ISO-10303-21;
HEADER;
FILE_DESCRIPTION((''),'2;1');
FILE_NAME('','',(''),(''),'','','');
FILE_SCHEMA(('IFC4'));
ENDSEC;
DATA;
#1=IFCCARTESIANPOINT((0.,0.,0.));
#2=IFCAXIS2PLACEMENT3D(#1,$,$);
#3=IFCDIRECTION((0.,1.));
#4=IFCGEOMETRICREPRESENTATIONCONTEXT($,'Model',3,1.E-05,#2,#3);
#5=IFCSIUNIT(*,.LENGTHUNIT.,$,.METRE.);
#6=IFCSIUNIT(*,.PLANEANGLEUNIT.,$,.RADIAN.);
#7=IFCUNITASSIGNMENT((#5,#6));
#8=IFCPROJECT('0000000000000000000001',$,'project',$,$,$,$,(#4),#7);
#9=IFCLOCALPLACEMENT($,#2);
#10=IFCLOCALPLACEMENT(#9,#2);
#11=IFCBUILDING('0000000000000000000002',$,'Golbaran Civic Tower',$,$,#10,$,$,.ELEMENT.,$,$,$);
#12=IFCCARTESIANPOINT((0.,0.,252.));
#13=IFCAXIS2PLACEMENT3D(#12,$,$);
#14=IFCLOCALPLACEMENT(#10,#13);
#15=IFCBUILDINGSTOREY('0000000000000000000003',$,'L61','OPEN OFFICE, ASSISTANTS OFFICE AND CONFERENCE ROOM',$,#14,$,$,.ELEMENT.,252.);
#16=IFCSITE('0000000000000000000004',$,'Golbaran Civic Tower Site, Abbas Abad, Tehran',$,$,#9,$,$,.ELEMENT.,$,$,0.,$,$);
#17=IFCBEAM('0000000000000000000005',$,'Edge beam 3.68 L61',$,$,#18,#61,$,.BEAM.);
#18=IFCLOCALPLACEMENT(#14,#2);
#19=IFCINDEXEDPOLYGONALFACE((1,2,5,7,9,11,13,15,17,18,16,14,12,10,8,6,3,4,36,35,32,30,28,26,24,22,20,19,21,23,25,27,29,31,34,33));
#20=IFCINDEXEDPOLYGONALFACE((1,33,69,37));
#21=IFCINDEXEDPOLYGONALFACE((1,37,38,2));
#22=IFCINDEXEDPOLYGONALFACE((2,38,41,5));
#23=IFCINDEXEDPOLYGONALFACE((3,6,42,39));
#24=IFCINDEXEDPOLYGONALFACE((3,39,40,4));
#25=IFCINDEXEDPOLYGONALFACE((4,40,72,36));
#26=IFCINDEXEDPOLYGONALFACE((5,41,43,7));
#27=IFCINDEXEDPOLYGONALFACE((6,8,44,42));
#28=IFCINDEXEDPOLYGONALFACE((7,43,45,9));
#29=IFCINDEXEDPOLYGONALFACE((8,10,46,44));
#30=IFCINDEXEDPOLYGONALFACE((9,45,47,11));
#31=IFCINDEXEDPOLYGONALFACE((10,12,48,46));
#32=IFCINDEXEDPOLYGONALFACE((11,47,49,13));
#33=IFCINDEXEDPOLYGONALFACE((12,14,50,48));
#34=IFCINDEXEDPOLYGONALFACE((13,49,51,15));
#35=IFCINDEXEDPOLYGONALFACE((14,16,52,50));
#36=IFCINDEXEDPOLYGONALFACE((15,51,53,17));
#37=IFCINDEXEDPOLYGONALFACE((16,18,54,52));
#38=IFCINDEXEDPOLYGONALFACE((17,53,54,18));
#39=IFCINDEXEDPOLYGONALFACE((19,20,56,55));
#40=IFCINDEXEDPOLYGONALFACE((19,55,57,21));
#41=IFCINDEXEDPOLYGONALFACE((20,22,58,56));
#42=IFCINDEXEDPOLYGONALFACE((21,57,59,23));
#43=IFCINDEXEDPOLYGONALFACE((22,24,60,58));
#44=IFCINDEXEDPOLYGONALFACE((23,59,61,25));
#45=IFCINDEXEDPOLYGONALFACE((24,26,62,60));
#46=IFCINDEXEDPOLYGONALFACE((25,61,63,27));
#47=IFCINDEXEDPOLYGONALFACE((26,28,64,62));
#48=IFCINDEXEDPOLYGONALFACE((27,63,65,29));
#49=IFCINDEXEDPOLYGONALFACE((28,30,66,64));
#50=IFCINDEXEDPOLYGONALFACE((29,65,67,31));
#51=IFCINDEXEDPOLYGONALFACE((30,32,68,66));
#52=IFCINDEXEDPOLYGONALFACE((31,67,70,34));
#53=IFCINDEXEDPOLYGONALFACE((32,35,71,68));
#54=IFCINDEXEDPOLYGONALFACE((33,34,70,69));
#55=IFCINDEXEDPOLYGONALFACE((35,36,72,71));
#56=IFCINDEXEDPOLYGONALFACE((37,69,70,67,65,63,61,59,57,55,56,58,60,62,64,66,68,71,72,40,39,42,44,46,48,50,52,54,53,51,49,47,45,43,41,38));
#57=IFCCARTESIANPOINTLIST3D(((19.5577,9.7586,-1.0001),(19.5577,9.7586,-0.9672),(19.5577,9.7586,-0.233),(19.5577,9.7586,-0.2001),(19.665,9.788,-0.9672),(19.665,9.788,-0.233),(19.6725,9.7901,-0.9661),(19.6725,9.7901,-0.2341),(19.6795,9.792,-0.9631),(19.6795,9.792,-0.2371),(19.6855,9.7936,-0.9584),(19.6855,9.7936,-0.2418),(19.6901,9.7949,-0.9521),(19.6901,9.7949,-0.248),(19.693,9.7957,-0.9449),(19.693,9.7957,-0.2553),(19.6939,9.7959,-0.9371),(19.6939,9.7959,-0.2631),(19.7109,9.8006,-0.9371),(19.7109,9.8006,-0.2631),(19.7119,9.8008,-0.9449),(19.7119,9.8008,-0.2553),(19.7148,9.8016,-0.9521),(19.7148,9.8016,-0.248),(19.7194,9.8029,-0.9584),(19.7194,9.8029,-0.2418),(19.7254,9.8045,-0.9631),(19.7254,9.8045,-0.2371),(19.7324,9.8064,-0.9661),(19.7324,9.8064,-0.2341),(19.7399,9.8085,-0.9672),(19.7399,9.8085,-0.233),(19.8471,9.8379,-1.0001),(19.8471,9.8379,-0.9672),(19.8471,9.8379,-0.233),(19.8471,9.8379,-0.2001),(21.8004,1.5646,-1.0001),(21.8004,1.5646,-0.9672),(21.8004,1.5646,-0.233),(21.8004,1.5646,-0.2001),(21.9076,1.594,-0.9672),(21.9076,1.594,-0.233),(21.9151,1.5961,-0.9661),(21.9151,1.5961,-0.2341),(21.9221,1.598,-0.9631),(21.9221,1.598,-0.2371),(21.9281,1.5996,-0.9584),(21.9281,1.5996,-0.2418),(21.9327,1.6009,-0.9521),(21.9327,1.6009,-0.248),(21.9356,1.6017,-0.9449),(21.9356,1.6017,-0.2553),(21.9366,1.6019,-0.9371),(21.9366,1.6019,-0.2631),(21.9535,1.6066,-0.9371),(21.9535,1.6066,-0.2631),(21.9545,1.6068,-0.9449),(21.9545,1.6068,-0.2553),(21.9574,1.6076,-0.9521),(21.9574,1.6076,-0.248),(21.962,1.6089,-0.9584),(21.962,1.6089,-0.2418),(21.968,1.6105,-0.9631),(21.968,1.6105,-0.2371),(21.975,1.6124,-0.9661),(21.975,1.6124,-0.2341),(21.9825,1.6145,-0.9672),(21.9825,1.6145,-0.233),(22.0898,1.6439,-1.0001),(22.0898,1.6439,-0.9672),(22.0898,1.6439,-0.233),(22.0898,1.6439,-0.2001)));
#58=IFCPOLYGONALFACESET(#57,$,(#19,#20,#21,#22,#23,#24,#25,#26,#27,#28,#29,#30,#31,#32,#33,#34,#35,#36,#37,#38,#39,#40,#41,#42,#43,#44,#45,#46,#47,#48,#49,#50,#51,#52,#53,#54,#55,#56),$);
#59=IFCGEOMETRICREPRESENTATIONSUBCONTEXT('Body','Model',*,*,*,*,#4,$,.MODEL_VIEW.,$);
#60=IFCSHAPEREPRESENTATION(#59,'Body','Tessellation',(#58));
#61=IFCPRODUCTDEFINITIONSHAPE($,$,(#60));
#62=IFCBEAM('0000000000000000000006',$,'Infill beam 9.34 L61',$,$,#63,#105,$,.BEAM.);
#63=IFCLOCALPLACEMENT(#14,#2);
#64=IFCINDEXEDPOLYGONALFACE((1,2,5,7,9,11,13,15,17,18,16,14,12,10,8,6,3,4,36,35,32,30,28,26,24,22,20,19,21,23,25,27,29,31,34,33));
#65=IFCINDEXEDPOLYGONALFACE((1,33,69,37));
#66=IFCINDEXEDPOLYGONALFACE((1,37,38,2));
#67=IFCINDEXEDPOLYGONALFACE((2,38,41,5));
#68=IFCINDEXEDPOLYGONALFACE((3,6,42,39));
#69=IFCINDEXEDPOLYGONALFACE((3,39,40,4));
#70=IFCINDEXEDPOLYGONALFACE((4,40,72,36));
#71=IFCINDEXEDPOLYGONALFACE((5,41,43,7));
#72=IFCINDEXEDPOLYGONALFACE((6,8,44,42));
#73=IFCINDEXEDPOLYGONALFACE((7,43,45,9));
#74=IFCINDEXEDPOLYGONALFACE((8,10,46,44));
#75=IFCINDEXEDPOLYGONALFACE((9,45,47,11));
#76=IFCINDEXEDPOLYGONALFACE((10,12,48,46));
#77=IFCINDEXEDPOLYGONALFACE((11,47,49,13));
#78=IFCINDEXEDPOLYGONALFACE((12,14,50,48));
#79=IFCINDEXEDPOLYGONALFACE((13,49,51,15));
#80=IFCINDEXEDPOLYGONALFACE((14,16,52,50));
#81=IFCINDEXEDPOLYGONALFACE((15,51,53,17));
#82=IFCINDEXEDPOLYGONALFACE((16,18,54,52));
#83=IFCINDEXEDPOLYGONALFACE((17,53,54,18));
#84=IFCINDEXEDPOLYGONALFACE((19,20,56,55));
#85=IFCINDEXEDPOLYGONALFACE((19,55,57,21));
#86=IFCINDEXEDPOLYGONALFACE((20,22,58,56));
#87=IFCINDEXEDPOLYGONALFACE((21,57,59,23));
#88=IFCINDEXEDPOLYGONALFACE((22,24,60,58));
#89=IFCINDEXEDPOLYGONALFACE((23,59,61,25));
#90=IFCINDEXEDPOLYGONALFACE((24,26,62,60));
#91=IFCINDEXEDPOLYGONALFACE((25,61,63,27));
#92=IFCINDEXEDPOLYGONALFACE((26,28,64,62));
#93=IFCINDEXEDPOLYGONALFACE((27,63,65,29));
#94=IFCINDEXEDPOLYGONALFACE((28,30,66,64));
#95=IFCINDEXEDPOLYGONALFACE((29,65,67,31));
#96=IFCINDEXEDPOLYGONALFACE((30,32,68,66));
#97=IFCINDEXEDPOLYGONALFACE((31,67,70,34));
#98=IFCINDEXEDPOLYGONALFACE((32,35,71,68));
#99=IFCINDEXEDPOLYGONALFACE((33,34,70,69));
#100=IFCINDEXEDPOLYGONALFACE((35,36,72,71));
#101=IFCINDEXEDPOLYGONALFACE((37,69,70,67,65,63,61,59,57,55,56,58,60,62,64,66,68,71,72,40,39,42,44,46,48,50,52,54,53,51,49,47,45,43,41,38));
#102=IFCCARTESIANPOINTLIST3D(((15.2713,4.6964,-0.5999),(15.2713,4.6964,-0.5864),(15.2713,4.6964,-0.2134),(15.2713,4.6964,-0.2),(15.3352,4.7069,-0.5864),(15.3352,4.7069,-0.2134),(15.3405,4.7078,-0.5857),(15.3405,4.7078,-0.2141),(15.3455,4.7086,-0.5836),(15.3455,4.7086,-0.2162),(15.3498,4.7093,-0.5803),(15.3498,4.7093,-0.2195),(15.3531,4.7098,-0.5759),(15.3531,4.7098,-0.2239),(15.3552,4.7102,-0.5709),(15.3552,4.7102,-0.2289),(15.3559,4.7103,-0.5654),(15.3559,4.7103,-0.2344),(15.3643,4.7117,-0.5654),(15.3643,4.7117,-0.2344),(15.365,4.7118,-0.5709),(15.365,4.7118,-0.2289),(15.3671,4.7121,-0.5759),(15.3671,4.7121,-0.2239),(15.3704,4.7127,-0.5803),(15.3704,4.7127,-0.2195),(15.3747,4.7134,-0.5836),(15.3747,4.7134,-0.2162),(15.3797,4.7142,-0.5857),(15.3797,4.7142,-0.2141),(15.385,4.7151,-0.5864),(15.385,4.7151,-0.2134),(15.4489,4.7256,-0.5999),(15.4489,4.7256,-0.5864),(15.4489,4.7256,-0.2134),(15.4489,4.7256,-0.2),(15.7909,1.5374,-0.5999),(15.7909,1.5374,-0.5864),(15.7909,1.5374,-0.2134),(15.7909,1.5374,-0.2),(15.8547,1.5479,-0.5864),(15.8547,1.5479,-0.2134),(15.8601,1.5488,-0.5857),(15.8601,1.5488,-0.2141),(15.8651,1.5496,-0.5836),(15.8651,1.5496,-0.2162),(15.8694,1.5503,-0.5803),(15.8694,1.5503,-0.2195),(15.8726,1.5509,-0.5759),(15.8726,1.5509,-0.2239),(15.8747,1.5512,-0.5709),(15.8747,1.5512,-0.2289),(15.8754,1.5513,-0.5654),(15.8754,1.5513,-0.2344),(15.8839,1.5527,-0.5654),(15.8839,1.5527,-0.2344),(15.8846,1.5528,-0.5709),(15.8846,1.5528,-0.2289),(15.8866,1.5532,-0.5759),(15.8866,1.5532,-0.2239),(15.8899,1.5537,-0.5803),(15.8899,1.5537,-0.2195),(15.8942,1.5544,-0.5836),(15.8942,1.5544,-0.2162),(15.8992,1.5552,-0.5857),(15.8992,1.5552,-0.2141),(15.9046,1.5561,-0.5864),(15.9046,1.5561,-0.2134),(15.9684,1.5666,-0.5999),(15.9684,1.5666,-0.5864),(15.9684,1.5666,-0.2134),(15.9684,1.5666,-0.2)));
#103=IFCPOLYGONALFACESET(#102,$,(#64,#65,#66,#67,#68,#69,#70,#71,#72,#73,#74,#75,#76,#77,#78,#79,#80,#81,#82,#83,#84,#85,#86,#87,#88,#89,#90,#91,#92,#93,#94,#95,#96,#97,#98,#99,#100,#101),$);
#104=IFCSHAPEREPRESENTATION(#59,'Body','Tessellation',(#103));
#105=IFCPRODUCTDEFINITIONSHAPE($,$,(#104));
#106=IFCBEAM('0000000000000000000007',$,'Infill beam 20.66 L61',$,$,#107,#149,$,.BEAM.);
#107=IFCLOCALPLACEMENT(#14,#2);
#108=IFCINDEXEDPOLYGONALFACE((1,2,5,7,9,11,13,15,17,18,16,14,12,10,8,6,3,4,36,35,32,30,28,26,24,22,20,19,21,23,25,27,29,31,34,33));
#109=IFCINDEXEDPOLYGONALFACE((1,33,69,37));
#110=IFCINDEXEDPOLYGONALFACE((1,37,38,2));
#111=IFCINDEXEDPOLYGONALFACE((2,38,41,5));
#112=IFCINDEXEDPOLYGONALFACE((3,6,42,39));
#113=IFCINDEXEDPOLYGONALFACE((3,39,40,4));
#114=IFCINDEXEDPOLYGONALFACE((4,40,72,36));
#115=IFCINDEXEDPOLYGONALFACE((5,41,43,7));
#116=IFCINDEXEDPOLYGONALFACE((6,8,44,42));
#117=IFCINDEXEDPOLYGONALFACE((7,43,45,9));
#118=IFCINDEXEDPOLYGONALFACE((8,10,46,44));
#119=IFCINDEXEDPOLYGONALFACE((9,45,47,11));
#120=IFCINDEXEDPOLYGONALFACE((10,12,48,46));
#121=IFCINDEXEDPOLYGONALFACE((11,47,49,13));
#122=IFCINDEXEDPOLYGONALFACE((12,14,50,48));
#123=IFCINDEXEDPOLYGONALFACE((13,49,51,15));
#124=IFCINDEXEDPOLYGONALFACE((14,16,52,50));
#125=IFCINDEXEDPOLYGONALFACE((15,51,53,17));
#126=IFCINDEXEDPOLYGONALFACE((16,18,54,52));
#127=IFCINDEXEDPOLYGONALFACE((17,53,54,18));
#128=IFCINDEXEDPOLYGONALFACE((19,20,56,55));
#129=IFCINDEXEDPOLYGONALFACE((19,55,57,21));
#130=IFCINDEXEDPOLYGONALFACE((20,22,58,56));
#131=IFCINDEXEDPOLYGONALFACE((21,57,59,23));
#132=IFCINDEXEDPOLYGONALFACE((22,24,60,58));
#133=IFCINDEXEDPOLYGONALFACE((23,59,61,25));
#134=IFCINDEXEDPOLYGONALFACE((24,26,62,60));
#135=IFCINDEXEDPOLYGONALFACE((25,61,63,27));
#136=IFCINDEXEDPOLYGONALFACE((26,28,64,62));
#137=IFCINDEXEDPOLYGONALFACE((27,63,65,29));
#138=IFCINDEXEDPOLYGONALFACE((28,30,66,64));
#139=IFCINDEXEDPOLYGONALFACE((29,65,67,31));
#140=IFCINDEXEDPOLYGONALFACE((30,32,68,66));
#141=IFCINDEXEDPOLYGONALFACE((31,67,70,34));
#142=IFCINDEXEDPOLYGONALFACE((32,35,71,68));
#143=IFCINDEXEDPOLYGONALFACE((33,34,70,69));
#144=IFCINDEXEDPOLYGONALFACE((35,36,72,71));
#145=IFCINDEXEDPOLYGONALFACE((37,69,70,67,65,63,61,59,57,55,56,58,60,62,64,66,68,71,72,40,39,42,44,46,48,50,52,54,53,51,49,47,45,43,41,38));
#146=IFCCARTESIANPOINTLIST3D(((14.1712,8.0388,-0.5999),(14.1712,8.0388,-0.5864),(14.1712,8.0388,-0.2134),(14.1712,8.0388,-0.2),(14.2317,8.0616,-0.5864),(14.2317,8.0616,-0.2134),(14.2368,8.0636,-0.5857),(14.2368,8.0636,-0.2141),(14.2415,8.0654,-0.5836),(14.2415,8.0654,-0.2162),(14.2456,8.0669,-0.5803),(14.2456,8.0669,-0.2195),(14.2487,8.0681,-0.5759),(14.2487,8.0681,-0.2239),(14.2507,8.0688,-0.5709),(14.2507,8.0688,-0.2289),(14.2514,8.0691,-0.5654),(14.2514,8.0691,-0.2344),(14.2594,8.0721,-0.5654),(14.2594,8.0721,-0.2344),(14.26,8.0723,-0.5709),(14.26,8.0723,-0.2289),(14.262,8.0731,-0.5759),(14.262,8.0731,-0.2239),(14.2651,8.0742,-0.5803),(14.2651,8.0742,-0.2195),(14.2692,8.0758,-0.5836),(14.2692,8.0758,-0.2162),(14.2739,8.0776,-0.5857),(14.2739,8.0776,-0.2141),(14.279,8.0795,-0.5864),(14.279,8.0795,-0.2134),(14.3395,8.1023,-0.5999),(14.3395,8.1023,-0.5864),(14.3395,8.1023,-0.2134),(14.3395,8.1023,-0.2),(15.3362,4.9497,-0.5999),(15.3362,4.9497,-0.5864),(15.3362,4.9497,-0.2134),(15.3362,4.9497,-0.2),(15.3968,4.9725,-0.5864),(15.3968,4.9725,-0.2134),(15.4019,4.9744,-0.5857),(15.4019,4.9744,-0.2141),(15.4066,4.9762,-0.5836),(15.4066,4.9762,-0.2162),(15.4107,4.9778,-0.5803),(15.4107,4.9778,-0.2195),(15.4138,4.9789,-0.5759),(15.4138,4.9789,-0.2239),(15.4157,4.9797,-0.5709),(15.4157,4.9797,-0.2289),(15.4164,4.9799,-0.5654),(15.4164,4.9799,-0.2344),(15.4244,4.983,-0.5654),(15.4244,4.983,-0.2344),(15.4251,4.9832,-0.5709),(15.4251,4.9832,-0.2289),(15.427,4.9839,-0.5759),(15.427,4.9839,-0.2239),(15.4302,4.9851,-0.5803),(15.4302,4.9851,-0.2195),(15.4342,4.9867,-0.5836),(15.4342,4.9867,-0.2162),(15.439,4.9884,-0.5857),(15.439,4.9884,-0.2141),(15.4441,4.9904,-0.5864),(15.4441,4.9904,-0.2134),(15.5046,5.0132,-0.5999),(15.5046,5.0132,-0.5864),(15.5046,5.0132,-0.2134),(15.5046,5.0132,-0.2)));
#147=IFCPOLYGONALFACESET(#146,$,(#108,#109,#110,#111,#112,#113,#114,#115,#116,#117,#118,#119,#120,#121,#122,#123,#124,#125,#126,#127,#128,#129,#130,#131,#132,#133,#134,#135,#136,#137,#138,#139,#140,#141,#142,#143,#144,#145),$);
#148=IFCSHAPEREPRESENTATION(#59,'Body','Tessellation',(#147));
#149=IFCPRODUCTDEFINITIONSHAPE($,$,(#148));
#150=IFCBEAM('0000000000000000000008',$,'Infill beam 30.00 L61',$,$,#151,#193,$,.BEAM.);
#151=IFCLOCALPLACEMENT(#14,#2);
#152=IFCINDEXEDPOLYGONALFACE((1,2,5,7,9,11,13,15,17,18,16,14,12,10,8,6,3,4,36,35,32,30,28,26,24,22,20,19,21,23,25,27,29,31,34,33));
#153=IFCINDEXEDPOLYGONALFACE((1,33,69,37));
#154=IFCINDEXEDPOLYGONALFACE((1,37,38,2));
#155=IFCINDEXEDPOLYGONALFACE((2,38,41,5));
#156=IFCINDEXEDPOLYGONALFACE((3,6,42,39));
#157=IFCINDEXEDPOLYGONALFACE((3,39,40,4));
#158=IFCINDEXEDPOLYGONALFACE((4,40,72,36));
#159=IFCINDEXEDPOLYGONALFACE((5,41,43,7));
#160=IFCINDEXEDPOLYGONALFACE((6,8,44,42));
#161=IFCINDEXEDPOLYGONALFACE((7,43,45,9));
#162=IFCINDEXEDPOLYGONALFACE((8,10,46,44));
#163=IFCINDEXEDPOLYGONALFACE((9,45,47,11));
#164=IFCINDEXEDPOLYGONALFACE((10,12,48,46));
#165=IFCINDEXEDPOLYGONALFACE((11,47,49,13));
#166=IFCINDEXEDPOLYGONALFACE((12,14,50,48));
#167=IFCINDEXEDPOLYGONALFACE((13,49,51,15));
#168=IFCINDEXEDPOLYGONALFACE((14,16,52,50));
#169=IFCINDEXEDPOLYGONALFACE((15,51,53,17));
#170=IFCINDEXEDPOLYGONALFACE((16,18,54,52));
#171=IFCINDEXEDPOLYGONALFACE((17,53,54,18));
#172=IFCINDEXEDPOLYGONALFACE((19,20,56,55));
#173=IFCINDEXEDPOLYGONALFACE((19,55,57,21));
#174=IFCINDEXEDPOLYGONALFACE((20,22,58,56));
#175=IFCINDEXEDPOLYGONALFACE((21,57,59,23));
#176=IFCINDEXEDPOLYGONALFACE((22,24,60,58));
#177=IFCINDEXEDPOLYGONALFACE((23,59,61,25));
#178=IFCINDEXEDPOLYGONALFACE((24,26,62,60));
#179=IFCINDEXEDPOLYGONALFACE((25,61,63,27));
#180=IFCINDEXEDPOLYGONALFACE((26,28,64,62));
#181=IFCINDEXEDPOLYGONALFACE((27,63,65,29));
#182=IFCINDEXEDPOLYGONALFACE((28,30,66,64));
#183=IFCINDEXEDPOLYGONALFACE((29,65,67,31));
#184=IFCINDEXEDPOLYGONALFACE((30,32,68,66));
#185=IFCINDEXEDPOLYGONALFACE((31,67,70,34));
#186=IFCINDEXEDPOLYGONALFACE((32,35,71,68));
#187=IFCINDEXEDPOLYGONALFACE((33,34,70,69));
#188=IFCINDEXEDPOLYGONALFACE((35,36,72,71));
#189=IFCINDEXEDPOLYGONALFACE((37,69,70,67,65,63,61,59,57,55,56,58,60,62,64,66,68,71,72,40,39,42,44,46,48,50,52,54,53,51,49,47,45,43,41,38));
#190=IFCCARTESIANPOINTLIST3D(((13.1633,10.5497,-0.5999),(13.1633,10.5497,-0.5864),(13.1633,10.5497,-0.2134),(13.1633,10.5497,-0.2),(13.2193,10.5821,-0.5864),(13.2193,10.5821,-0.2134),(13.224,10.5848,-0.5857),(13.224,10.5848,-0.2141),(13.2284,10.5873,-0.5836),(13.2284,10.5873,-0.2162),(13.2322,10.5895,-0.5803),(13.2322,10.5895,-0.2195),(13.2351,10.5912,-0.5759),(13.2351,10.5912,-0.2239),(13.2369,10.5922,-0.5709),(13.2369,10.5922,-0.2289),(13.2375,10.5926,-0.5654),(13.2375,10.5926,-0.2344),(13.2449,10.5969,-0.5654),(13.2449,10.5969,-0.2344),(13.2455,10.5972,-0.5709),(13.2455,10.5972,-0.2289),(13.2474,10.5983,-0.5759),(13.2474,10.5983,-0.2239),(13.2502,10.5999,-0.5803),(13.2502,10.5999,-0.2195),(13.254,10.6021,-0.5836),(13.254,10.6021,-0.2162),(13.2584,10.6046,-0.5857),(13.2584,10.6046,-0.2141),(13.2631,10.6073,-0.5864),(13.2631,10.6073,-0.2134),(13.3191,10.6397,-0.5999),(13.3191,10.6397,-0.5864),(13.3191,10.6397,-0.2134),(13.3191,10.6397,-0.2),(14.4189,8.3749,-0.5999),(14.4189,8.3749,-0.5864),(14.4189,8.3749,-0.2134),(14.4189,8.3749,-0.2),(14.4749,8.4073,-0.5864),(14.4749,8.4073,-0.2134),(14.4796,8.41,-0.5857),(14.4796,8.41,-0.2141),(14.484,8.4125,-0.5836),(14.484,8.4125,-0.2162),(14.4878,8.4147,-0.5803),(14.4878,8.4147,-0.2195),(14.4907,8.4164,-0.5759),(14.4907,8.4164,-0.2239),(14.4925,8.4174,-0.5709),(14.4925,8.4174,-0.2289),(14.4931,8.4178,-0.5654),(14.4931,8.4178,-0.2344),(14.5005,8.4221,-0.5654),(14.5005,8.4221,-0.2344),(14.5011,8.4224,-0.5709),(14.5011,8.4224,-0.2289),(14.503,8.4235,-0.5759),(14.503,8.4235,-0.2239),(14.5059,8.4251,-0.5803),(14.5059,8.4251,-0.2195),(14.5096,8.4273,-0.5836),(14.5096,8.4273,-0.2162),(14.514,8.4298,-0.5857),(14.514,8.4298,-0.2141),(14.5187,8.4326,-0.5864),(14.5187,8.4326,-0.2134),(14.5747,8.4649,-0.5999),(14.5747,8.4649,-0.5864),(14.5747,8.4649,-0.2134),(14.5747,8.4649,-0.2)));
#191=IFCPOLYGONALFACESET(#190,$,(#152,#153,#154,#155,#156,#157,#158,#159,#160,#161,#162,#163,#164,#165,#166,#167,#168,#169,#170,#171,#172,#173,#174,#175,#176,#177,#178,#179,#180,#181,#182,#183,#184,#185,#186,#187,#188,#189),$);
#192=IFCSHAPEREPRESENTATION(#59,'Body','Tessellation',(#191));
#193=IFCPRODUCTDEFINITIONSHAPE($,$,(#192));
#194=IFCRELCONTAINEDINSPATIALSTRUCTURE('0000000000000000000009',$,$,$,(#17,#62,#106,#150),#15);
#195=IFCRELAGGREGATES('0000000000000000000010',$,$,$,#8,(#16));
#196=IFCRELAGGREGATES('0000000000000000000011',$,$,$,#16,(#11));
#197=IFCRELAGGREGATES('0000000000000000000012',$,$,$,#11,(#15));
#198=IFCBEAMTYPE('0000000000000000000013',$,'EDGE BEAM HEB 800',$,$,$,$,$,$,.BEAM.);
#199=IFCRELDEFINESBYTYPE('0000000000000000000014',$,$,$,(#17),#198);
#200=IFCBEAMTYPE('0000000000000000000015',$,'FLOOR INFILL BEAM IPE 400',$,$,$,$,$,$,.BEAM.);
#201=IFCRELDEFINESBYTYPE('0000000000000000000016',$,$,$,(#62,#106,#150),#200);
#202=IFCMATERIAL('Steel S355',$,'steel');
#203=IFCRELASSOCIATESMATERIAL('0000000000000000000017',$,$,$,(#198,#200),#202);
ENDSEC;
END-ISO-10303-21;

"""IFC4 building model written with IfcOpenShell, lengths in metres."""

from ifc_helpers import new_model, si_unit, direction, frame, origin, origin_2d, place, context, subcontext, project, spatial, i_section, extrude, material, material_profile, profile_set, type_object, element, save


model = new_model("IFC4")

# Units and contexts
model_context = context("Model", 3, precision=1e-05, world=origin(), true_north=direction((0.0, 1.0)))
body_context = subcontext(model_context, "Body", "Model", "MODEL_VIEW")
ifc_project = project(units=[si_unit("LENGTHUNIT", "METRE"), si_unit("PLANEANGLEUNIT", "RADIAN")], contexts=[model_context])

# Site, building, storey
site_placement = place(None, origin())
site = spatial("IfcSite", under=ifc_project, at=site_placement, Name="Golbaran Civic Tower Site, Abbas Abad, Tehran", CompositionType="ELEMENT", RefElevation=0.0)
building_placement = place(site_placement, origin())
building = spatial("IfcBuilding", under=site, at=building_placement, Name="Golbaran Civic Tower", CompositionType="ELEMENT")
storey_placement = place(building_placement, frame((0.0, 0.0, 252.0)))
storey = spatial("IfcBuildingStorey", under=building, at=storey_placement, Name="L61", Description="OPEN OFFICE, ASSISTANTS OFFICE AND CONFERENCE ROOM", CompositionType="ELEMENT", Elevation=252.0)

# Beams
ifc_material_1 = material(Name="Steel S355", Category="steel")
ifc_material_profile_1 = material_profile(ifc_material_1, i_section(OverallWidth=0.3, OverallDepth=0.8, WebThickness=0.0176, FlangeThickness=0.033, FilletRadius=0.03, at=origin_2d()), Name="HEB 800")
ifc_profile_set_1 = profile_set([ifc_material_profile_1], Name="Steel S355")
beam_type_1 = type_object("IfcBeamType", Name="EDGE BEAM HEB 800", PredefinedType="BEAM", material=ifc_profile_set_1)
beam_1_placement = place(storey_placement, frame((21.9451, 1.6042, -0.6001), z_axis=(-0.263985, 0.964527, 0.0), x_axis=(-0.964527, -0.263985, 0.0)))
element("IfcBeam", 1, at=beam_1_placement, inside=storey, type_object=beam_type_1, Name="Edge beam 3.68 L61", PredefinedType="BEAM", context=body_context, shape_type="SweptSolid", body=[
    extrude(i_section(OverallWidth=0.3, OverallDepth=0.8, WebThickness=0.0176, FlangeThickness=0.033, FilletRadius=0.03, at=origin_2d()), origin(), (0.0, 0.0, 1.0), 8.4954),
])
ifc_material_profile_2 = material_profile(ifc_material_1, i_section(OverallWidth=0.1799, OverallDepth=0.3999, WebThickness=0.0085, FlangeThickness=0.0134, FilletRadius=0.021, at=origin_2d()), Name="IPE 400")
ifc_profile_set_2 = profile_set([ifc_material_profile_2], Name="Steel S355")
beam_type_2 = type_object("IfcBeamType", Name="FLOOR INFILL BEAM IPE 400", PredefinedType="BEAM", material=ifc_profile_set_2)
beam_2_placement = place(storey_placement, frame((15.8796, 1.552, -0.3999), z_axis=(-0.162284, 0.986744, 0.0), x_axis=(-0.986744, -0.162284, 0.0)))
element("IfcBeam", 2, at=beam_2_placement, inside=storey, type_object=beam_type_2, Name="Infill beam 9.34 L61", PredefinedType="BEAM", context=body_context, shape_type="SweptSolid", body=[
    extrude(i_section(OverallWidth=0.1799, OverallDepth=0.3999, WebThickness=0.0085, FlangeThickness=0.0134, FilletRadius=0.021, at=origin_2d()), origin(), (0.0, 0.0, 1.0), 3.2014),
])
beam_3_placement = place(storey_placement, frame((15.4204, 4.9814, -0.3999), z_axis=(-0.352881, 0.935668, 0.0), x_axis=(-0.935668, -0.352881, 0.0)))
element("IfcBeam", 3, at=beam_3_placement, inside=storey, type_object=beam_type_2, Name="Infill beam 20.66 L61", PredefinedType="BEAM", context=body_context, shape_type="SweptSolid", body=[
    extrude(i_section(OverallWidth=0.1799, OverallDepth=0.3999, WebThickness=0.0085, FlangeThickness=0.0134, FilletRadius=0.021, at=origin_2d()), origin(), (0.0, 0.0, 1.0), 3.3015),
])
beam_4_placement = place(storey_placement, frame((14.4968, 8.4199, -0.3999), z_axis=(-0.499997, 0.866027, 0.0), x_axis=(-0.866027, -0.499997, 0.0)))
element("IfcBeam", 4, at=beam_4_placement, inside=storey, type_object=beam_type_2, Name="Infill beam 30.00 L61", PredefinedType="BEAM", context=body_context, shape_type="SweptSolid", body=[
    extrude(i_section(OverallWidth=0.1799, OverallDepth=0.3999, WebThickness=0.0085, FlangeThickness=0.0134, FilletRadius=0.021, at=origin_2d()), origin(), (0.0, 0.0, 1.0), 2.5112),
])

save(model, "model.ifc")
